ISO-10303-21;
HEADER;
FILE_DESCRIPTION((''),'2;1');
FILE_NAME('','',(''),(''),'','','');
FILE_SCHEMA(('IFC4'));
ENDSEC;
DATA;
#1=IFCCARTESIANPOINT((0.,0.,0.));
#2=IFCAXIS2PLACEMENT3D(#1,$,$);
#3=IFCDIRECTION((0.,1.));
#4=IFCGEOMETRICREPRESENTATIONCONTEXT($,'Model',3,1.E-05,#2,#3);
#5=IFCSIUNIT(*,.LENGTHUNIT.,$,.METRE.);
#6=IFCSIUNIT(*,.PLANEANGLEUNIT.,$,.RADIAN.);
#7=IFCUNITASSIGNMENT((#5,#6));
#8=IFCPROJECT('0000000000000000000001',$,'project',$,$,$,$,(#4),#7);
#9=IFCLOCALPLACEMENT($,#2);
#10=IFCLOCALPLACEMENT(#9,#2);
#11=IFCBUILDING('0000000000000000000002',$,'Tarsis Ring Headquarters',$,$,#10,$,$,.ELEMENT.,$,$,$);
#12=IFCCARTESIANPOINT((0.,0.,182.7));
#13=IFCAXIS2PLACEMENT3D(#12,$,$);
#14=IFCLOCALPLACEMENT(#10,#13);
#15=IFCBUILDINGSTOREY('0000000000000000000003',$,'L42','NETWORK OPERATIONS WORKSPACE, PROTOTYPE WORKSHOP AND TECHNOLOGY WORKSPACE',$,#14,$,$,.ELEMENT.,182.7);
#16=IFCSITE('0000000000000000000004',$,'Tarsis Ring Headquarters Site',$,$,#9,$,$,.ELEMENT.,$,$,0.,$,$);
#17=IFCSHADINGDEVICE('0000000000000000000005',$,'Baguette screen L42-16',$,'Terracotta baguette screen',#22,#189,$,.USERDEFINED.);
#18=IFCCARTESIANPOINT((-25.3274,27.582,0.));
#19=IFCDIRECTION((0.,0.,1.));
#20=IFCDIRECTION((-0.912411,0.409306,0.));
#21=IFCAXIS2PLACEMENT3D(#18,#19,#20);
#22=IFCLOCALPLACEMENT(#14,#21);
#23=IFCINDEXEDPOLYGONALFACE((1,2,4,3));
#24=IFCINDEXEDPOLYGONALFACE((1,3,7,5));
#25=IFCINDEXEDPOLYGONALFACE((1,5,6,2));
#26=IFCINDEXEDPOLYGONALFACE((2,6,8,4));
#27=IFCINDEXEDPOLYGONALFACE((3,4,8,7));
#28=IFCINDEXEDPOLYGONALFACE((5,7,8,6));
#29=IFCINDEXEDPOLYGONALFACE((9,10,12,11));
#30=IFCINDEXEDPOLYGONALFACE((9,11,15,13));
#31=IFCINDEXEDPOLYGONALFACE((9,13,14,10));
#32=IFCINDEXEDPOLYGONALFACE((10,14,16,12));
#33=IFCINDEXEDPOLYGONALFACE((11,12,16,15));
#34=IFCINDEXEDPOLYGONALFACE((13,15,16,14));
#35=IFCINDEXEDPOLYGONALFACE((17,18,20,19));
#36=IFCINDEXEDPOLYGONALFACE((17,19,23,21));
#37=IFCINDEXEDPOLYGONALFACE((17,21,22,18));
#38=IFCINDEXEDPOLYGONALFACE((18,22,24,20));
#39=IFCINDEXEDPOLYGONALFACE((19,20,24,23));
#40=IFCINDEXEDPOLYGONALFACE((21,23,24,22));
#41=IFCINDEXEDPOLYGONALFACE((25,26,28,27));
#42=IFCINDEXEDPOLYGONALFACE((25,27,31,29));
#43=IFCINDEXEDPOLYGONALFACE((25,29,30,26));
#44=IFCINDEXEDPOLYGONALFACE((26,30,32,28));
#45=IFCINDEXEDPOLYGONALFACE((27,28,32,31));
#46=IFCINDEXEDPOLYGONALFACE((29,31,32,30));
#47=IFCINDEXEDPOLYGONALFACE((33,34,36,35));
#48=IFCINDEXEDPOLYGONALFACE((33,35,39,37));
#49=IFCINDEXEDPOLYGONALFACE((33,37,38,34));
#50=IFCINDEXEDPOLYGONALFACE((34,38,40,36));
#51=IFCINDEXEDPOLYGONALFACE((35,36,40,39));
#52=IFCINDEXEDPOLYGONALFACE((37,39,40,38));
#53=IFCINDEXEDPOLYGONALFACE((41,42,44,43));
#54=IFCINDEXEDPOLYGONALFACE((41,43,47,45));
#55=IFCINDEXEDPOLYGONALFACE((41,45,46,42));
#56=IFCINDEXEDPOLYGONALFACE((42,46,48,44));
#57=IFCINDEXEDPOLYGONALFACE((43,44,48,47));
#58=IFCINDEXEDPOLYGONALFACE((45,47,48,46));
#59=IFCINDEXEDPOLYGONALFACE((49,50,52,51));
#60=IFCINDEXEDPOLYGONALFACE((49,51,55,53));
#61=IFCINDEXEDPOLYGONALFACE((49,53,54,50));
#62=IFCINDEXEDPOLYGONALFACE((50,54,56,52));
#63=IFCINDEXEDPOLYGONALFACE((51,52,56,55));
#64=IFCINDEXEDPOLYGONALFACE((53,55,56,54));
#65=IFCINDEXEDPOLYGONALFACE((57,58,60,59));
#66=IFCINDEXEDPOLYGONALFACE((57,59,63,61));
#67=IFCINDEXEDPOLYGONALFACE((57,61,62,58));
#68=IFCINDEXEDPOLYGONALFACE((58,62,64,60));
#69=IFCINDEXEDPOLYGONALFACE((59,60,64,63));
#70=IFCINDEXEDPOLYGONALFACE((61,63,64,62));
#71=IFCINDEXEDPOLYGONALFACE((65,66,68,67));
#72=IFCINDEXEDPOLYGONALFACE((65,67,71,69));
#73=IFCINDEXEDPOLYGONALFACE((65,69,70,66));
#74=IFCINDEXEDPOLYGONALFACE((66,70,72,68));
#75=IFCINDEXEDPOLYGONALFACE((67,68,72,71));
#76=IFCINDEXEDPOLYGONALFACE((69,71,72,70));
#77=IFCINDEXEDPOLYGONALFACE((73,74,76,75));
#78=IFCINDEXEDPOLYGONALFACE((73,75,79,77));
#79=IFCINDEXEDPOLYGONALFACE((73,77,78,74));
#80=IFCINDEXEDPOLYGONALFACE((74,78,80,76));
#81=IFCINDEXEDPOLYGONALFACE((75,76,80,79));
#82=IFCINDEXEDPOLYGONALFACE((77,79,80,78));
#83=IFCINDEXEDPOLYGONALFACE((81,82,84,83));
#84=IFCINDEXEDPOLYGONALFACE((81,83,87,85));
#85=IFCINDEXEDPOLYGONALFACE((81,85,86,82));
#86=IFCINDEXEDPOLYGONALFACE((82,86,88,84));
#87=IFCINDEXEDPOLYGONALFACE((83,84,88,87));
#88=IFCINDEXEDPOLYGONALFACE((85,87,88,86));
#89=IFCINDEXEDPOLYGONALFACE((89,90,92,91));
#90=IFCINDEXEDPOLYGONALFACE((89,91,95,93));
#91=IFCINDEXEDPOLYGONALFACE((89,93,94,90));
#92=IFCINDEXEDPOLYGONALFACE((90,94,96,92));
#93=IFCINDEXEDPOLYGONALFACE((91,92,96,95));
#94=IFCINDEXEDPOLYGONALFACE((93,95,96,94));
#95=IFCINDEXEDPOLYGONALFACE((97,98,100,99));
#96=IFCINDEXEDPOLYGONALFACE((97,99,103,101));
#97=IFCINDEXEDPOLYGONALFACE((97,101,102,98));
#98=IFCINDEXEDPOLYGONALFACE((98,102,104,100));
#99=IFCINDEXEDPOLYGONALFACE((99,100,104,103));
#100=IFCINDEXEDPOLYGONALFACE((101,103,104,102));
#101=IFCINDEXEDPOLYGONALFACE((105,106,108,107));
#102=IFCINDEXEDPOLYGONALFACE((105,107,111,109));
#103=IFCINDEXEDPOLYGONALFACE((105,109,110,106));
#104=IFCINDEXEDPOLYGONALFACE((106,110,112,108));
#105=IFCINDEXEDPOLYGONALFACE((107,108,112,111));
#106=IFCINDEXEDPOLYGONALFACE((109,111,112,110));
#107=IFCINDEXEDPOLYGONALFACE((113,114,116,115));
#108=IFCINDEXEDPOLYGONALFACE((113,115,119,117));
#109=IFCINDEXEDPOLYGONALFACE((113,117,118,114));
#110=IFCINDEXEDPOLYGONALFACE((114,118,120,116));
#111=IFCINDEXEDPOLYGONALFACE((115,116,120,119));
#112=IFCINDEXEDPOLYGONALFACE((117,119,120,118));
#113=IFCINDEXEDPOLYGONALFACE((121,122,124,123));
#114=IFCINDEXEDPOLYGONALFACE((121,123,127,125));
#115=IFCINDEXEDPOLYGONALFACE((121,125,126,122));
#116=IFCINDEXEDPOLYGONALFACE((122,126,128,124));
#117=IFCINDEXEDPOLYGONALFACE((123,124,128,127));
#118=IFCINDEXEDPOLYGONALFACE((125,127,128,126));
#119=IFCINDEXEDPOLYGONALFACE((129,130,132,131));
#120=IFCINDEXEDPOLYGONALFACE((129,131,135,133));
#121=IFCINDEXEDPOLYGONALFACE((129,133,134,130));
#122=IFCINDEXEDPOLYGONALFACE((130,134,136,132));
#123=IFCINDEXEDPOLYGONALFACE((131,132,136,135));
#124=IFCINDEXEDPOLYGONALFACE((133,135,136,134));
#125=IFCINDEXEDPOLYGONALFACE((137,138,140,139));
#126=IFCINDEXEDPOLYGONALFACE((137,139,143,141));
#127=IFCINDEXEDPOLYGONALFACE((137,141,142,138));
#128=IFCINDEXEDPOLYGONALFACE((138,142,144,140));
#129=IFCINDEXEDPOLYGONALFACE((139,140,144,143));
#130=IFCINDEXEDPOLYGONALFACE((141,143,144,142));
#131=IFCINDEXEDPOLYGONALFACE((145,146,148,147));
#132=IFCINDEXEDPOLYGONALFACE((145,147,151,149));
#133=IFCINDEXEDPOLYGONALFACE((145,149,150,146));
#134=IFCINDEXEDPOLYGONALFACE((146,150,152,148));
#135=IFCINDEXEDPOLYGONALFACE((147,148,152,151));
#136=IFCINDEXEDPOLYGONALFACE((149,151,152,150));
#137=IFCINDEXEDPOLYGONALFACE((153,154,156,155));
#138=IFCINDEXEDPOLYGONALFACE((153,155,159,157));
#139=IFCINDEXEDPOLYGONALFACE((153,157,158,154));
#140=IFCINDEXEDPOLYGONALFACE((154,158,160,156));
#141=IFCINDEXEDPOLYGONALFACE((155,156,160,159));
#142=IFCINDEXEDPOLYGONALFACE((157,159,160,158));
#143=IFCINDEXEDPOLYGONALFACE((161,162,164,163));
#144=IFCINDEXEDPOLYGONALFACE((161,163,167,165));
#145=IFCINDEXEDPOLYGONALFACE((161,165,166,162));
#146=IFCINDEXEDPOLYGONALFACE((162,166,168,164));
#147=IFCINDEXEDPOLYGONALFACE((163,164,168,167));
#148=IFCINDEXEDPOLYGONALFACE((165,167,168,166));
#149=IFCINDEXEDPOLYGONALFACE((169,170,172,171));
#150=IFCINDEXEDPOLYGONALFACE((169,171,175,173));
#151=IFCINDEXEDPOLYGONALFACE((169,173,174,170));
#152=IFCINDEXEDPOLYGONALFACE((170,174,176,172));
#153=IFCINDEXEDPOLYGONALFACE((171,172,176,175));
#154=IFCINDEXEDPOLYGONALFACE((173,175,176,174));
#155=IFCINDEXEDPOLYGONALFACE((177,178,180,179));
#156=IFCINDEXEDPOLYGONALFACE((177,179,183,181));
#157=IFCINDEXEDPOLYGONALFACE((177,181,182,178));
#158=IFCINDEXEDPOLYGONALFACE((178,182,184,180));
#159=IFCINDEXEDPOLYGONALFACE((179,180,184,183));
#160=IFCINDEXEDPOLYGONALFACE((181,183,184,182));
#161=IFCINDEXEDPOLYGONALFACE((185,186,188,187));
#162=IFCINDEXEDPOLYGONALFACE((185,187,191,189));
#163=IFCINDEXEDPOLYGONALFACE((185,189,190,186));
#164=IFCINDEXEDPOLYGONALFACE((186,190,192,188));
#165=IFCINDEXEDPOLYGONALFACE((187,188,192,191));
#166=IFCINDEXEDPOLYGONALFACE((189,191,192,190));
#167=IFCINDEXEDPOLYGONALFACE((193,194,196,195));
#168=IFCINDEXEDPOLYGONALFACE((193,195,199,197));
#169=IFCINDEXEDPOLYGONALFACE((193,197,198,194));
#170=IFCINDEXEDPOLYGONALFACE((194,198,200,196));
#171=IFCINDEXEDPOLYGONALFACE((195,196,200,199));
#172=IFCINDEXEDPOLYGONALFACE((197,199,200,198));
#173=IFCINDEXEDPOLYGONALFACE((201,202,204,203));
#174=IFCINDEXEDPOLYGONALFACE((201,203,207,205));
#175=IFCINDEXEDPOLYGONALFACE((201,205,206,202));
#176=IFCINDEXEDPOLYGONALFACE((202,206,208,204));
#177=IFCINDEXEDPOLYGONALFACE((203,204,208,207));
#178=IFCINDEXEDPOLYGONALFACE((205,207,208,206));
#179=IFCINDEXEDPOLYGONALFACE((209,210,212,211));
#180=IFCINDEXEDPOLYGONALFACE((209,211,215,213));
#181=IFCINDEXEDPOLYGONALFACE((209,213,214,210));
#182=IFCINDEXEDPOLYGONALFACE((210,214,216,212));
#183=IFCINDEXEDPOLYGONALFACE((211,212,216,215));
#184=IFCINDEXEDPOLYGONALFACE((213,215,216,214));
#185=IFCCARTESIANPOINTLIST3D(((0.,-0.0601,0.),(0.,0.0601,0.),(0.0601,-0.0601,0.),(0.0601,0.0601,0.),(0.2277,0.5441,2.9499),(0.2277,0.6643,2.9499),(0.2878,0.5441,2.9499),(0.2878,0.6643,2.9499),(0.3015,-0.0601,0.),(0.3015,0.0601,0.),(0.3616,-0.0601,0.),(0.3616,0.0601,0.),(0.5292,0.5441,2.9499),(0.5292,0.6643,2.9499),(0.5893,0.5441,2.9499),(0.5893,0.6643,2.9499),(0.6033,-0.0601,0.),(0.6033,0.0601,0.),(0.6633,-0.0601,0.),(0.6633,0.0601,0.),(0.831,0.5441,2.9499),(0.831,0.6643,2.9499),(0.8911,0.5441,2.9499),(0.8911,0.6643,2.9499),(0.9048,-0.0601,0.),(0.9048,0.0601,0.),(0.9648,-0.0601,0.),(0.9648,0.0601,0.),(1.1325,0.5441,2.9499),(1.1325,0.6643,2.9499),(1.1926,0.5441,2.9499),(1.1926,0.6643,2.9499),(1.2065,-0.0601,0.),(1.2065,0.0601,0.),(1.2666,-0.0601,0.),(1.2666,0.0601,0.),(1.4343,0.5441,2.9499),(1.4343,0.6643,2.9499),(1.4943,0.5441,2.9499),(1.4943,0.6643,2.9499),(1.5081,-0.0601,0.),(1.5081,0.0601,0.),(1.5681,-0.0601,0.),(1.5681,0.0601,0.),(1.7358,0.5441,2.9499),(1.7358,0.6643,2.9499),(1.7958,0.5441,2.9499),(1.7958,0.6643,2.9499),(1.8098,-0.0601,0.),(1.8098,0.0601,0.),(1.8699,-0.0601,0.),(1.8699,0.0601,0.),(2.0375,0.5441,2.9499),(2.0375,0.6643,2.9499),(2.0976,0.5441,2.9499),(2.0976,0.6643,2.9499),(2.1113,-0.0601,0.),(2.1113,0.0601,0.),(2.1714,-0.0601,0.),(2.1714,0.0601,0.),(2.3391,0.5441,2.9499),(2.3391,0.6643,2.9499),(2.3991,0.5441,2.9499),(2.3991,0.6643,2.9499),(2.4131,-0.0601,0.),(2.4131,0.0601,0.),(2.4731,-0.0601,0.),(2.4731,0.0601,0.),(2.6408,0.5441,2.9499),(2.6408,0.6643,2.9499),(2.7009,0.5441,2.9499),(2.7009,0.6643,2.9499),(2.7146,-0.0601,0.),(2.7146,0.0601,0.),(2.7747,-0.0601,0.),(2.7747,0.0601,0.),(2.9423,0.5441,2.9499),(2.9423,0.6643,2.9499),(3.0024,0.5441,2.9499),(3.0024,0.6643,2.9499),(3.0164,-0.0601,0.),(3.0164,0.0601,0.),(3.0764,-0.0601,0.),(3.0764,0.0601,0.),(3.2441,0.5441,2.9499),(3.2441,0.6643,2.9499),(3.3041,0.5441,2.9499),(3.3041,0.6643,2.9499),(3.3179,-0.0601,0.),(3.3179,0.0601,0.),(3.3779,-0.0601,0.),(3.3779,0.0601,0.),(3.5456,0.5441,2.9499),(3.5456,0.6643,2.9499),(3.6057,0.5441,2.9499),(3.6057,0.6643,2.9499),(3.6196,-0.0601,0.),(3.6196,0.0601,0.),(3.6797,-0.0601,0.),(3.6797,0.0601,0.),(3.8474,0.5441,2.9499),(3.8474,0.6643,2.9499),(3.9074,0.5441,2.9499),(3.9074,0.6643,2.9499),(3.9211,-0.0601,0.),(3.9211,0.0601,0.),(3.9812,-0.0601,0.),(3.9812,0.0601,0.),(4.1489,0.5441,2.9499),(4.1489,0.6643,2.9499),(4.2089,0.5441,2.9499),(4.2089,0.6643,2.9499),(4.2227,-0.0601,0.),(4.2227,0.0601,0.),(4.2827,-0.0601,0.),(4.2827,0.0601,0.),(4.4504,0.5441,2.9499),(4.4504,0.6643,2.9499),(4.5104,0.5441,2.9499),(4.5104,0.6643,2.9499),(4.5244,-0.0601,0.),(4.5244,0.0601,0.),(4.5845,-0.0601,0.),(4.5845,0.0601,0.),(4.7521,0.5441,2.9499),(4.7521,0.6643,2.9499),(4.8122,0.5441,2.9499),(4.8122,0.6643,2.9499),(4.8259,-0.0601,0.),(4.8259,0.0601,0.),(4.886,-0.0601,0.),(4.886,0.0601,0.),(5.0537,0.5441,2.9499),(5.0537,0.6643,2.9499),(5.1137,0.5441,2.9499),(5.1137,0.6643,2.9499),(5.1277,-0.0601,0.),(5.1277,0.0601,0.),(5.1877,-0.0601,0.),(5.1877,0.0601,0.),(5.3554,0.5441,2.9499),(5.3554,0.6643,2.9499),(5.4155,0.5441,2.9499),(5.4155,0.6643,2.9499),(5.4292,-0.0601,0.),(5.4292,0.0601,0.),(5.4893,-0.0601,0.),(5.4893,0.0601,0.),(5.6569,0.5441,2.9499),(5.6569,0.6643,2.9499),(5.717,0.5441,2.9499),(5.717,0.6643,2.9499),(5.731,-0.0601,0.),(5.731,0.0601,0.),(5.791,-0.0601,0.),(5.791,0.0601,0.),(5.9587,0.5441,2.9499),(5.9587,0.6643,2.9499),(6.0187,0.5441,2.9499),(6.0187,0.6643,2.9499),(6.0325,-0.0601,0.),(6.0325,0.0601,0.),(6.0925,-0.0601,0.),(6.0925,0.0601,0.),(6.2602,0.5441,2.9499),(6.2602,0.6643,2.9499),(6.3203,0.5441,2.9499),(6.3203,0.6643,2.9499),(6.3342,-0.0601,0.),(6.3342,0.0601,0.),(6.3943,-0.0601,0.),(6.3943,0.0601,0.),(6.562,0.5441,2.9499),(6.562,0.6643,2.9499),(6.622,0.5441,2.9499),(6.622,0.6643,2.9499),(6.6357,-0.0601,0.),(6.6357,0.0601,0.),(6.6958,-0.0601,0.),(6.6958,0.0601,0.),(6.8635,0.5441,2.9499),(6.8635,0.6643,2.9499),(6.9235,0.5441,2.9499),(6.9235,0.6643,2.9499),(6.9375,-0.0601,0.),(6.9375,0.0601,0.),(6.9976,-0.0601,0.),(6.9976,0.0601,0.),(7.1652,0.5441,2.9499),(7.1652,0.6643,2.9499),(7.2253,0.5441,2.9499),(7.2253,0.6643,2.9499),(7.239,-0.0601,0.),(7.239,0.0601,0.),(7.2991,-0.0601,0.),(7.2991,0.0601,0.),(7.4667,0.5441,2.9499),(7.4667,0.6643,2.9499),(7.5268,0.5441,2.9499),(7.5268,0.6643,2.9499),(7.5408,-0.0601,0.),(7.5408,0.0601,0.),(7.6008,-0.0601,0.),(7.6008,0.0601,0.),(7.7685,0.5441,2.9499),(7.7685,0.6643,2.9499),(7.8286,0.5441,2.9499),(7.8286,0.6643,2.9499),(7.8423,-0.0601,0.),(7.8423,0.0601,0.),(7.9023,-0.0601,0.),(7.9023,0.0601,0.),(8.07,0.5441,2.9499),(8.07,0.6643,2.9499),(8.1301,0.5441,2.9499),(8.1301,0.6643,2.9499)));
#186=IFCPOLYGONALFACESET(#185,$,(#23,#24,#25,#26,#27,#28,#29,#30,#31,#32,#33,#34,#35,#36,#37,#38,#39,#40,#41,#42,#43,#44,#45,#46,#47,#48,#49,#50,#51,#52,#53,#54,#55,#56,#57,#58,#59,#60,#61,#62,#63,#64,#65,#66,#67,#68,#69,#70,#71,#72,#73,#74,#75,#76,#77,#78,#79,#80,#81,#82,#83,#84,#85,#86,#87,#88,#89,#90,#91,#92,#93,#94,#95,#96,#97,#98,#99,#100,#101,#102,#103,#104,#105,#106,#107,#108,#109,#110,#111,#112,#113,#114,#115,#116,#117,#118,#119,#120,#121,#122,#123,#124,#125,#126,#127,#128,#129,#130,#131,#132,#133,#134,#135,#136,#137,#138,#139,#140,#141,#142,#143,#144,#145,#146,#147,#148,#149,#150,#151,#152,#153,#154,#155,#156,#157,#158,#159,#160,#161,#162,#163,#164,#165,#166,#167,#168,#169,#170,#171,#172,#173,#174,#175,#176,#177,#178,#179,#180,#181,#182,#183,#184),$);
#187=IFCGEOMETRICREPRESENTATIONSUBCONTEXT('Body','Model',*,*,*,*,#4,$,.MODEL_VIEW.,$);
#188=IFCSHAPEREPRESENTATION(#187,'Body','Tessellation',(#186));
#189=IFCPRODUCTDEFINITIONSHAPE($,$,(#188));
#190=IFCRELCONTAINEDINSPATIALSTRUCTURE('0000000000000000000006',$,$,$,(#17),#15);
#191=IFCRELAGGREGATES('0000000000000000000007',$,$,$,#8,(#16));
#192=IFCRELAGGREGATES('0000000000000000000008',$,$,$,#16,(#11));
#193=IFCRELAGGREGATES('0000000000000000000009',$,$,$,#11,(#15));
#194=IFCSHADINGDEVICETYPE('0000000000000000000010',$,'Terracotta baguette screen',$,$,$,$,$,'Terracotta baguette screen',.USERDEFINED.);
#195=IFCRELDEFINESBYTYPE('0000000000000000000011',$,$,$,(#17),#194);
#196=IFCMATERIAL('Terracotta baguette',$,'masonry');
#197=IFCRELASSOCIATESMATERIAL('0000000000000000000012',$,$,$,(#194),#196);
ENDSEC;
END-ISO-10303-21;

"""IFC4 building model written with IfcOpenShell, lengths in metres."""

from ifc_helpers import new_model, si_unit, direction, frame, frame_2d, origin, place, context, subcontext, project, spatial, rectangle, composite_profile, extrude, material, type_object, element, save


model = new_model("IFC4")

# Units and contexts
model_context = context("Model", 3, precision=1e-05, world=origin(), true_north=direction((0.0, 1.0)))
body_context = subcontext(model_context, "Body", "Model", "MODEL_VIEW")
ifc_project = project(units=[si_unit("LENGTHUNIT", "METRE"), si_unit("PLANEANGLEUNIT", "RADIAN")], contexts=[model_context])

# Site, building, storey
site_placement = place(None, origin())
site = spatial("IfcSite", under=ifc_project, at=site_placement, Name="Tarsis Ring Headquarters Site", CompositionType="ELEMENT", RefElevation=0.0)
building_placement = place(site_placement, origin())
building = spatial("IfcBuilding", under=site, at=building_placement, Name="Tarsis Ring Headquarters", CompositionType="ELEMENT")
storey_placement = place(building_placement, frame((0.0, 0.0, 182.7)))
storey = spatial("IfcBuildingStorey", under=building, at=storey_placement, Name="L42", Description="NETWORK OPERATIONS WORKSPACE, PROTOTYPE WORKSHOP AND TECHNOLOGY WORKSPACE", CompositionType="ELEMENT", Elevation=182.7)

# Shading device
ifc_material_1 = material(Name="Terracotta baguette", Category="masonry")
shading_device_type_1 = type_object("IfcShadingDeviceType", Name="Terracotta baguette screen", ElementType="Terracotta baguette screen", PredefinedType="USERDEFINED", material=ifc_material_1)
shading_device_1_placement = place(storey_placement, frame((-25.3274, 27.582, 0.0), z_axis=(0.0, 0.0, 1.0), x_axis=(-0.912411, 0.409306, 0.0)))
element("IfcShadingDevice", 1, at=shading_device_1_placement, inside=storey, type_object=shading_device_type_1, Name="Baguette screen L42-16", ObjectType="Terracotta baguette screen", PredefinedType="USERDEFINED", context=body_context, shape_type="SweptSolid", body=[
    extrude(composite_profile([rectangle(XDim=0.0601, YDim=0.1201, at=frame_2d((0.03, 0.0))), rectangle(XDim=0.0601, YDim=0.1201, at=frame_2d((0.3315, 0.0))), rectangle(XDim=0.0601, YDim=0.1201, at=frame_2d((0.6333, 0.0))), rectangle(XDim=0.0601, YDim=0.1201, at=frame_2d((0.9348, 0.0))), rectangle(XDim=0.0601, YDim=0.1201, at=frame_2d((1.2366, 0.0))), rectangle(XDim=0.0601, YDim=0.1201, at=frame_2d((1.5381, 0.0))), rectangle(XDim=0.0601, YDim=0.1201, at=frame_2d((1.8398, 0.0))), rectangle(XDim=0.0601, YDim=0.1201, at=frame_2d((2.1414, 0.0))), rectangle(XDim=0.0601, YDim=0.1201, at=frame_2d((2.4431, 0.0))), rectangle(XDim=0.0601, YDim=0.1201, at=frame_2d((2.7446, 0.0))), rectangle(XDim=0.0601, YDim=0.1201, at=frame_2d((3.0464, 0.0))), rectangle(XDim=0.0601, YDim=0.1201, at=frame_2d((3.3479, 0.0))), rectangle(XDim=0.0601, YDim=0.1201, at=frame_2d((3.6497, 0.0))), rectangle(XDim=0.0601, YDim=0.1201, at=frame_2d((3.9512, 0.0))), rectangle(XDim=0.0601, YDim=0.1201, at=frame_2d((4.2527, 0.0))), rectangle(XDim=0.0601, YDim=0.1201, at=frame_2d((4.5544, 0.0))), rectangle(XDim=0.0601, YDim=0.1201, at=frame_2d((4.856, 0.0))), rectangle(XDim=0.0601, YDim=0.1201, at=frame_2d((5.1577, 0.0))), rectangle(XDim=0.0601, YDim=0.1201, at=frame_2d((5.4592, 0.0))), rectangle(XDim=0.0601, YDim=0.1201, at=frame_2d((5.761, 0.0))), rectangle(XDim=0.0601, YDim=0.1201, at=frame_2d((6.0625, 0.0))), rectangle(XDim=0.0601, YDim=0.1201, at=frame_2d((6.3643, 0.0))), rectangle(XDim=0.0601, YDim=0.1201, at=frame_2d((6.6658, 0.0))), rectangle(XDim=0.0601, YDim=0.1201, at=frame_2d((6.9675, 0.0))), rectangle(XDim=0.0601, YDim=0.1201, at=frame_2d((7.269, 0.0))), rectangle(XDim=0.0601, YDim=0.1201, at=frame_2d((7.5708, 0.0))), rectangle(XDim=0.0601, YDim=0.1201, at=frame_2d((7.8723, 0.0)))]), origin(), (0.075413, 0.200078, 0.976873), 3.0198),
])

save(model, "model.ifc")
